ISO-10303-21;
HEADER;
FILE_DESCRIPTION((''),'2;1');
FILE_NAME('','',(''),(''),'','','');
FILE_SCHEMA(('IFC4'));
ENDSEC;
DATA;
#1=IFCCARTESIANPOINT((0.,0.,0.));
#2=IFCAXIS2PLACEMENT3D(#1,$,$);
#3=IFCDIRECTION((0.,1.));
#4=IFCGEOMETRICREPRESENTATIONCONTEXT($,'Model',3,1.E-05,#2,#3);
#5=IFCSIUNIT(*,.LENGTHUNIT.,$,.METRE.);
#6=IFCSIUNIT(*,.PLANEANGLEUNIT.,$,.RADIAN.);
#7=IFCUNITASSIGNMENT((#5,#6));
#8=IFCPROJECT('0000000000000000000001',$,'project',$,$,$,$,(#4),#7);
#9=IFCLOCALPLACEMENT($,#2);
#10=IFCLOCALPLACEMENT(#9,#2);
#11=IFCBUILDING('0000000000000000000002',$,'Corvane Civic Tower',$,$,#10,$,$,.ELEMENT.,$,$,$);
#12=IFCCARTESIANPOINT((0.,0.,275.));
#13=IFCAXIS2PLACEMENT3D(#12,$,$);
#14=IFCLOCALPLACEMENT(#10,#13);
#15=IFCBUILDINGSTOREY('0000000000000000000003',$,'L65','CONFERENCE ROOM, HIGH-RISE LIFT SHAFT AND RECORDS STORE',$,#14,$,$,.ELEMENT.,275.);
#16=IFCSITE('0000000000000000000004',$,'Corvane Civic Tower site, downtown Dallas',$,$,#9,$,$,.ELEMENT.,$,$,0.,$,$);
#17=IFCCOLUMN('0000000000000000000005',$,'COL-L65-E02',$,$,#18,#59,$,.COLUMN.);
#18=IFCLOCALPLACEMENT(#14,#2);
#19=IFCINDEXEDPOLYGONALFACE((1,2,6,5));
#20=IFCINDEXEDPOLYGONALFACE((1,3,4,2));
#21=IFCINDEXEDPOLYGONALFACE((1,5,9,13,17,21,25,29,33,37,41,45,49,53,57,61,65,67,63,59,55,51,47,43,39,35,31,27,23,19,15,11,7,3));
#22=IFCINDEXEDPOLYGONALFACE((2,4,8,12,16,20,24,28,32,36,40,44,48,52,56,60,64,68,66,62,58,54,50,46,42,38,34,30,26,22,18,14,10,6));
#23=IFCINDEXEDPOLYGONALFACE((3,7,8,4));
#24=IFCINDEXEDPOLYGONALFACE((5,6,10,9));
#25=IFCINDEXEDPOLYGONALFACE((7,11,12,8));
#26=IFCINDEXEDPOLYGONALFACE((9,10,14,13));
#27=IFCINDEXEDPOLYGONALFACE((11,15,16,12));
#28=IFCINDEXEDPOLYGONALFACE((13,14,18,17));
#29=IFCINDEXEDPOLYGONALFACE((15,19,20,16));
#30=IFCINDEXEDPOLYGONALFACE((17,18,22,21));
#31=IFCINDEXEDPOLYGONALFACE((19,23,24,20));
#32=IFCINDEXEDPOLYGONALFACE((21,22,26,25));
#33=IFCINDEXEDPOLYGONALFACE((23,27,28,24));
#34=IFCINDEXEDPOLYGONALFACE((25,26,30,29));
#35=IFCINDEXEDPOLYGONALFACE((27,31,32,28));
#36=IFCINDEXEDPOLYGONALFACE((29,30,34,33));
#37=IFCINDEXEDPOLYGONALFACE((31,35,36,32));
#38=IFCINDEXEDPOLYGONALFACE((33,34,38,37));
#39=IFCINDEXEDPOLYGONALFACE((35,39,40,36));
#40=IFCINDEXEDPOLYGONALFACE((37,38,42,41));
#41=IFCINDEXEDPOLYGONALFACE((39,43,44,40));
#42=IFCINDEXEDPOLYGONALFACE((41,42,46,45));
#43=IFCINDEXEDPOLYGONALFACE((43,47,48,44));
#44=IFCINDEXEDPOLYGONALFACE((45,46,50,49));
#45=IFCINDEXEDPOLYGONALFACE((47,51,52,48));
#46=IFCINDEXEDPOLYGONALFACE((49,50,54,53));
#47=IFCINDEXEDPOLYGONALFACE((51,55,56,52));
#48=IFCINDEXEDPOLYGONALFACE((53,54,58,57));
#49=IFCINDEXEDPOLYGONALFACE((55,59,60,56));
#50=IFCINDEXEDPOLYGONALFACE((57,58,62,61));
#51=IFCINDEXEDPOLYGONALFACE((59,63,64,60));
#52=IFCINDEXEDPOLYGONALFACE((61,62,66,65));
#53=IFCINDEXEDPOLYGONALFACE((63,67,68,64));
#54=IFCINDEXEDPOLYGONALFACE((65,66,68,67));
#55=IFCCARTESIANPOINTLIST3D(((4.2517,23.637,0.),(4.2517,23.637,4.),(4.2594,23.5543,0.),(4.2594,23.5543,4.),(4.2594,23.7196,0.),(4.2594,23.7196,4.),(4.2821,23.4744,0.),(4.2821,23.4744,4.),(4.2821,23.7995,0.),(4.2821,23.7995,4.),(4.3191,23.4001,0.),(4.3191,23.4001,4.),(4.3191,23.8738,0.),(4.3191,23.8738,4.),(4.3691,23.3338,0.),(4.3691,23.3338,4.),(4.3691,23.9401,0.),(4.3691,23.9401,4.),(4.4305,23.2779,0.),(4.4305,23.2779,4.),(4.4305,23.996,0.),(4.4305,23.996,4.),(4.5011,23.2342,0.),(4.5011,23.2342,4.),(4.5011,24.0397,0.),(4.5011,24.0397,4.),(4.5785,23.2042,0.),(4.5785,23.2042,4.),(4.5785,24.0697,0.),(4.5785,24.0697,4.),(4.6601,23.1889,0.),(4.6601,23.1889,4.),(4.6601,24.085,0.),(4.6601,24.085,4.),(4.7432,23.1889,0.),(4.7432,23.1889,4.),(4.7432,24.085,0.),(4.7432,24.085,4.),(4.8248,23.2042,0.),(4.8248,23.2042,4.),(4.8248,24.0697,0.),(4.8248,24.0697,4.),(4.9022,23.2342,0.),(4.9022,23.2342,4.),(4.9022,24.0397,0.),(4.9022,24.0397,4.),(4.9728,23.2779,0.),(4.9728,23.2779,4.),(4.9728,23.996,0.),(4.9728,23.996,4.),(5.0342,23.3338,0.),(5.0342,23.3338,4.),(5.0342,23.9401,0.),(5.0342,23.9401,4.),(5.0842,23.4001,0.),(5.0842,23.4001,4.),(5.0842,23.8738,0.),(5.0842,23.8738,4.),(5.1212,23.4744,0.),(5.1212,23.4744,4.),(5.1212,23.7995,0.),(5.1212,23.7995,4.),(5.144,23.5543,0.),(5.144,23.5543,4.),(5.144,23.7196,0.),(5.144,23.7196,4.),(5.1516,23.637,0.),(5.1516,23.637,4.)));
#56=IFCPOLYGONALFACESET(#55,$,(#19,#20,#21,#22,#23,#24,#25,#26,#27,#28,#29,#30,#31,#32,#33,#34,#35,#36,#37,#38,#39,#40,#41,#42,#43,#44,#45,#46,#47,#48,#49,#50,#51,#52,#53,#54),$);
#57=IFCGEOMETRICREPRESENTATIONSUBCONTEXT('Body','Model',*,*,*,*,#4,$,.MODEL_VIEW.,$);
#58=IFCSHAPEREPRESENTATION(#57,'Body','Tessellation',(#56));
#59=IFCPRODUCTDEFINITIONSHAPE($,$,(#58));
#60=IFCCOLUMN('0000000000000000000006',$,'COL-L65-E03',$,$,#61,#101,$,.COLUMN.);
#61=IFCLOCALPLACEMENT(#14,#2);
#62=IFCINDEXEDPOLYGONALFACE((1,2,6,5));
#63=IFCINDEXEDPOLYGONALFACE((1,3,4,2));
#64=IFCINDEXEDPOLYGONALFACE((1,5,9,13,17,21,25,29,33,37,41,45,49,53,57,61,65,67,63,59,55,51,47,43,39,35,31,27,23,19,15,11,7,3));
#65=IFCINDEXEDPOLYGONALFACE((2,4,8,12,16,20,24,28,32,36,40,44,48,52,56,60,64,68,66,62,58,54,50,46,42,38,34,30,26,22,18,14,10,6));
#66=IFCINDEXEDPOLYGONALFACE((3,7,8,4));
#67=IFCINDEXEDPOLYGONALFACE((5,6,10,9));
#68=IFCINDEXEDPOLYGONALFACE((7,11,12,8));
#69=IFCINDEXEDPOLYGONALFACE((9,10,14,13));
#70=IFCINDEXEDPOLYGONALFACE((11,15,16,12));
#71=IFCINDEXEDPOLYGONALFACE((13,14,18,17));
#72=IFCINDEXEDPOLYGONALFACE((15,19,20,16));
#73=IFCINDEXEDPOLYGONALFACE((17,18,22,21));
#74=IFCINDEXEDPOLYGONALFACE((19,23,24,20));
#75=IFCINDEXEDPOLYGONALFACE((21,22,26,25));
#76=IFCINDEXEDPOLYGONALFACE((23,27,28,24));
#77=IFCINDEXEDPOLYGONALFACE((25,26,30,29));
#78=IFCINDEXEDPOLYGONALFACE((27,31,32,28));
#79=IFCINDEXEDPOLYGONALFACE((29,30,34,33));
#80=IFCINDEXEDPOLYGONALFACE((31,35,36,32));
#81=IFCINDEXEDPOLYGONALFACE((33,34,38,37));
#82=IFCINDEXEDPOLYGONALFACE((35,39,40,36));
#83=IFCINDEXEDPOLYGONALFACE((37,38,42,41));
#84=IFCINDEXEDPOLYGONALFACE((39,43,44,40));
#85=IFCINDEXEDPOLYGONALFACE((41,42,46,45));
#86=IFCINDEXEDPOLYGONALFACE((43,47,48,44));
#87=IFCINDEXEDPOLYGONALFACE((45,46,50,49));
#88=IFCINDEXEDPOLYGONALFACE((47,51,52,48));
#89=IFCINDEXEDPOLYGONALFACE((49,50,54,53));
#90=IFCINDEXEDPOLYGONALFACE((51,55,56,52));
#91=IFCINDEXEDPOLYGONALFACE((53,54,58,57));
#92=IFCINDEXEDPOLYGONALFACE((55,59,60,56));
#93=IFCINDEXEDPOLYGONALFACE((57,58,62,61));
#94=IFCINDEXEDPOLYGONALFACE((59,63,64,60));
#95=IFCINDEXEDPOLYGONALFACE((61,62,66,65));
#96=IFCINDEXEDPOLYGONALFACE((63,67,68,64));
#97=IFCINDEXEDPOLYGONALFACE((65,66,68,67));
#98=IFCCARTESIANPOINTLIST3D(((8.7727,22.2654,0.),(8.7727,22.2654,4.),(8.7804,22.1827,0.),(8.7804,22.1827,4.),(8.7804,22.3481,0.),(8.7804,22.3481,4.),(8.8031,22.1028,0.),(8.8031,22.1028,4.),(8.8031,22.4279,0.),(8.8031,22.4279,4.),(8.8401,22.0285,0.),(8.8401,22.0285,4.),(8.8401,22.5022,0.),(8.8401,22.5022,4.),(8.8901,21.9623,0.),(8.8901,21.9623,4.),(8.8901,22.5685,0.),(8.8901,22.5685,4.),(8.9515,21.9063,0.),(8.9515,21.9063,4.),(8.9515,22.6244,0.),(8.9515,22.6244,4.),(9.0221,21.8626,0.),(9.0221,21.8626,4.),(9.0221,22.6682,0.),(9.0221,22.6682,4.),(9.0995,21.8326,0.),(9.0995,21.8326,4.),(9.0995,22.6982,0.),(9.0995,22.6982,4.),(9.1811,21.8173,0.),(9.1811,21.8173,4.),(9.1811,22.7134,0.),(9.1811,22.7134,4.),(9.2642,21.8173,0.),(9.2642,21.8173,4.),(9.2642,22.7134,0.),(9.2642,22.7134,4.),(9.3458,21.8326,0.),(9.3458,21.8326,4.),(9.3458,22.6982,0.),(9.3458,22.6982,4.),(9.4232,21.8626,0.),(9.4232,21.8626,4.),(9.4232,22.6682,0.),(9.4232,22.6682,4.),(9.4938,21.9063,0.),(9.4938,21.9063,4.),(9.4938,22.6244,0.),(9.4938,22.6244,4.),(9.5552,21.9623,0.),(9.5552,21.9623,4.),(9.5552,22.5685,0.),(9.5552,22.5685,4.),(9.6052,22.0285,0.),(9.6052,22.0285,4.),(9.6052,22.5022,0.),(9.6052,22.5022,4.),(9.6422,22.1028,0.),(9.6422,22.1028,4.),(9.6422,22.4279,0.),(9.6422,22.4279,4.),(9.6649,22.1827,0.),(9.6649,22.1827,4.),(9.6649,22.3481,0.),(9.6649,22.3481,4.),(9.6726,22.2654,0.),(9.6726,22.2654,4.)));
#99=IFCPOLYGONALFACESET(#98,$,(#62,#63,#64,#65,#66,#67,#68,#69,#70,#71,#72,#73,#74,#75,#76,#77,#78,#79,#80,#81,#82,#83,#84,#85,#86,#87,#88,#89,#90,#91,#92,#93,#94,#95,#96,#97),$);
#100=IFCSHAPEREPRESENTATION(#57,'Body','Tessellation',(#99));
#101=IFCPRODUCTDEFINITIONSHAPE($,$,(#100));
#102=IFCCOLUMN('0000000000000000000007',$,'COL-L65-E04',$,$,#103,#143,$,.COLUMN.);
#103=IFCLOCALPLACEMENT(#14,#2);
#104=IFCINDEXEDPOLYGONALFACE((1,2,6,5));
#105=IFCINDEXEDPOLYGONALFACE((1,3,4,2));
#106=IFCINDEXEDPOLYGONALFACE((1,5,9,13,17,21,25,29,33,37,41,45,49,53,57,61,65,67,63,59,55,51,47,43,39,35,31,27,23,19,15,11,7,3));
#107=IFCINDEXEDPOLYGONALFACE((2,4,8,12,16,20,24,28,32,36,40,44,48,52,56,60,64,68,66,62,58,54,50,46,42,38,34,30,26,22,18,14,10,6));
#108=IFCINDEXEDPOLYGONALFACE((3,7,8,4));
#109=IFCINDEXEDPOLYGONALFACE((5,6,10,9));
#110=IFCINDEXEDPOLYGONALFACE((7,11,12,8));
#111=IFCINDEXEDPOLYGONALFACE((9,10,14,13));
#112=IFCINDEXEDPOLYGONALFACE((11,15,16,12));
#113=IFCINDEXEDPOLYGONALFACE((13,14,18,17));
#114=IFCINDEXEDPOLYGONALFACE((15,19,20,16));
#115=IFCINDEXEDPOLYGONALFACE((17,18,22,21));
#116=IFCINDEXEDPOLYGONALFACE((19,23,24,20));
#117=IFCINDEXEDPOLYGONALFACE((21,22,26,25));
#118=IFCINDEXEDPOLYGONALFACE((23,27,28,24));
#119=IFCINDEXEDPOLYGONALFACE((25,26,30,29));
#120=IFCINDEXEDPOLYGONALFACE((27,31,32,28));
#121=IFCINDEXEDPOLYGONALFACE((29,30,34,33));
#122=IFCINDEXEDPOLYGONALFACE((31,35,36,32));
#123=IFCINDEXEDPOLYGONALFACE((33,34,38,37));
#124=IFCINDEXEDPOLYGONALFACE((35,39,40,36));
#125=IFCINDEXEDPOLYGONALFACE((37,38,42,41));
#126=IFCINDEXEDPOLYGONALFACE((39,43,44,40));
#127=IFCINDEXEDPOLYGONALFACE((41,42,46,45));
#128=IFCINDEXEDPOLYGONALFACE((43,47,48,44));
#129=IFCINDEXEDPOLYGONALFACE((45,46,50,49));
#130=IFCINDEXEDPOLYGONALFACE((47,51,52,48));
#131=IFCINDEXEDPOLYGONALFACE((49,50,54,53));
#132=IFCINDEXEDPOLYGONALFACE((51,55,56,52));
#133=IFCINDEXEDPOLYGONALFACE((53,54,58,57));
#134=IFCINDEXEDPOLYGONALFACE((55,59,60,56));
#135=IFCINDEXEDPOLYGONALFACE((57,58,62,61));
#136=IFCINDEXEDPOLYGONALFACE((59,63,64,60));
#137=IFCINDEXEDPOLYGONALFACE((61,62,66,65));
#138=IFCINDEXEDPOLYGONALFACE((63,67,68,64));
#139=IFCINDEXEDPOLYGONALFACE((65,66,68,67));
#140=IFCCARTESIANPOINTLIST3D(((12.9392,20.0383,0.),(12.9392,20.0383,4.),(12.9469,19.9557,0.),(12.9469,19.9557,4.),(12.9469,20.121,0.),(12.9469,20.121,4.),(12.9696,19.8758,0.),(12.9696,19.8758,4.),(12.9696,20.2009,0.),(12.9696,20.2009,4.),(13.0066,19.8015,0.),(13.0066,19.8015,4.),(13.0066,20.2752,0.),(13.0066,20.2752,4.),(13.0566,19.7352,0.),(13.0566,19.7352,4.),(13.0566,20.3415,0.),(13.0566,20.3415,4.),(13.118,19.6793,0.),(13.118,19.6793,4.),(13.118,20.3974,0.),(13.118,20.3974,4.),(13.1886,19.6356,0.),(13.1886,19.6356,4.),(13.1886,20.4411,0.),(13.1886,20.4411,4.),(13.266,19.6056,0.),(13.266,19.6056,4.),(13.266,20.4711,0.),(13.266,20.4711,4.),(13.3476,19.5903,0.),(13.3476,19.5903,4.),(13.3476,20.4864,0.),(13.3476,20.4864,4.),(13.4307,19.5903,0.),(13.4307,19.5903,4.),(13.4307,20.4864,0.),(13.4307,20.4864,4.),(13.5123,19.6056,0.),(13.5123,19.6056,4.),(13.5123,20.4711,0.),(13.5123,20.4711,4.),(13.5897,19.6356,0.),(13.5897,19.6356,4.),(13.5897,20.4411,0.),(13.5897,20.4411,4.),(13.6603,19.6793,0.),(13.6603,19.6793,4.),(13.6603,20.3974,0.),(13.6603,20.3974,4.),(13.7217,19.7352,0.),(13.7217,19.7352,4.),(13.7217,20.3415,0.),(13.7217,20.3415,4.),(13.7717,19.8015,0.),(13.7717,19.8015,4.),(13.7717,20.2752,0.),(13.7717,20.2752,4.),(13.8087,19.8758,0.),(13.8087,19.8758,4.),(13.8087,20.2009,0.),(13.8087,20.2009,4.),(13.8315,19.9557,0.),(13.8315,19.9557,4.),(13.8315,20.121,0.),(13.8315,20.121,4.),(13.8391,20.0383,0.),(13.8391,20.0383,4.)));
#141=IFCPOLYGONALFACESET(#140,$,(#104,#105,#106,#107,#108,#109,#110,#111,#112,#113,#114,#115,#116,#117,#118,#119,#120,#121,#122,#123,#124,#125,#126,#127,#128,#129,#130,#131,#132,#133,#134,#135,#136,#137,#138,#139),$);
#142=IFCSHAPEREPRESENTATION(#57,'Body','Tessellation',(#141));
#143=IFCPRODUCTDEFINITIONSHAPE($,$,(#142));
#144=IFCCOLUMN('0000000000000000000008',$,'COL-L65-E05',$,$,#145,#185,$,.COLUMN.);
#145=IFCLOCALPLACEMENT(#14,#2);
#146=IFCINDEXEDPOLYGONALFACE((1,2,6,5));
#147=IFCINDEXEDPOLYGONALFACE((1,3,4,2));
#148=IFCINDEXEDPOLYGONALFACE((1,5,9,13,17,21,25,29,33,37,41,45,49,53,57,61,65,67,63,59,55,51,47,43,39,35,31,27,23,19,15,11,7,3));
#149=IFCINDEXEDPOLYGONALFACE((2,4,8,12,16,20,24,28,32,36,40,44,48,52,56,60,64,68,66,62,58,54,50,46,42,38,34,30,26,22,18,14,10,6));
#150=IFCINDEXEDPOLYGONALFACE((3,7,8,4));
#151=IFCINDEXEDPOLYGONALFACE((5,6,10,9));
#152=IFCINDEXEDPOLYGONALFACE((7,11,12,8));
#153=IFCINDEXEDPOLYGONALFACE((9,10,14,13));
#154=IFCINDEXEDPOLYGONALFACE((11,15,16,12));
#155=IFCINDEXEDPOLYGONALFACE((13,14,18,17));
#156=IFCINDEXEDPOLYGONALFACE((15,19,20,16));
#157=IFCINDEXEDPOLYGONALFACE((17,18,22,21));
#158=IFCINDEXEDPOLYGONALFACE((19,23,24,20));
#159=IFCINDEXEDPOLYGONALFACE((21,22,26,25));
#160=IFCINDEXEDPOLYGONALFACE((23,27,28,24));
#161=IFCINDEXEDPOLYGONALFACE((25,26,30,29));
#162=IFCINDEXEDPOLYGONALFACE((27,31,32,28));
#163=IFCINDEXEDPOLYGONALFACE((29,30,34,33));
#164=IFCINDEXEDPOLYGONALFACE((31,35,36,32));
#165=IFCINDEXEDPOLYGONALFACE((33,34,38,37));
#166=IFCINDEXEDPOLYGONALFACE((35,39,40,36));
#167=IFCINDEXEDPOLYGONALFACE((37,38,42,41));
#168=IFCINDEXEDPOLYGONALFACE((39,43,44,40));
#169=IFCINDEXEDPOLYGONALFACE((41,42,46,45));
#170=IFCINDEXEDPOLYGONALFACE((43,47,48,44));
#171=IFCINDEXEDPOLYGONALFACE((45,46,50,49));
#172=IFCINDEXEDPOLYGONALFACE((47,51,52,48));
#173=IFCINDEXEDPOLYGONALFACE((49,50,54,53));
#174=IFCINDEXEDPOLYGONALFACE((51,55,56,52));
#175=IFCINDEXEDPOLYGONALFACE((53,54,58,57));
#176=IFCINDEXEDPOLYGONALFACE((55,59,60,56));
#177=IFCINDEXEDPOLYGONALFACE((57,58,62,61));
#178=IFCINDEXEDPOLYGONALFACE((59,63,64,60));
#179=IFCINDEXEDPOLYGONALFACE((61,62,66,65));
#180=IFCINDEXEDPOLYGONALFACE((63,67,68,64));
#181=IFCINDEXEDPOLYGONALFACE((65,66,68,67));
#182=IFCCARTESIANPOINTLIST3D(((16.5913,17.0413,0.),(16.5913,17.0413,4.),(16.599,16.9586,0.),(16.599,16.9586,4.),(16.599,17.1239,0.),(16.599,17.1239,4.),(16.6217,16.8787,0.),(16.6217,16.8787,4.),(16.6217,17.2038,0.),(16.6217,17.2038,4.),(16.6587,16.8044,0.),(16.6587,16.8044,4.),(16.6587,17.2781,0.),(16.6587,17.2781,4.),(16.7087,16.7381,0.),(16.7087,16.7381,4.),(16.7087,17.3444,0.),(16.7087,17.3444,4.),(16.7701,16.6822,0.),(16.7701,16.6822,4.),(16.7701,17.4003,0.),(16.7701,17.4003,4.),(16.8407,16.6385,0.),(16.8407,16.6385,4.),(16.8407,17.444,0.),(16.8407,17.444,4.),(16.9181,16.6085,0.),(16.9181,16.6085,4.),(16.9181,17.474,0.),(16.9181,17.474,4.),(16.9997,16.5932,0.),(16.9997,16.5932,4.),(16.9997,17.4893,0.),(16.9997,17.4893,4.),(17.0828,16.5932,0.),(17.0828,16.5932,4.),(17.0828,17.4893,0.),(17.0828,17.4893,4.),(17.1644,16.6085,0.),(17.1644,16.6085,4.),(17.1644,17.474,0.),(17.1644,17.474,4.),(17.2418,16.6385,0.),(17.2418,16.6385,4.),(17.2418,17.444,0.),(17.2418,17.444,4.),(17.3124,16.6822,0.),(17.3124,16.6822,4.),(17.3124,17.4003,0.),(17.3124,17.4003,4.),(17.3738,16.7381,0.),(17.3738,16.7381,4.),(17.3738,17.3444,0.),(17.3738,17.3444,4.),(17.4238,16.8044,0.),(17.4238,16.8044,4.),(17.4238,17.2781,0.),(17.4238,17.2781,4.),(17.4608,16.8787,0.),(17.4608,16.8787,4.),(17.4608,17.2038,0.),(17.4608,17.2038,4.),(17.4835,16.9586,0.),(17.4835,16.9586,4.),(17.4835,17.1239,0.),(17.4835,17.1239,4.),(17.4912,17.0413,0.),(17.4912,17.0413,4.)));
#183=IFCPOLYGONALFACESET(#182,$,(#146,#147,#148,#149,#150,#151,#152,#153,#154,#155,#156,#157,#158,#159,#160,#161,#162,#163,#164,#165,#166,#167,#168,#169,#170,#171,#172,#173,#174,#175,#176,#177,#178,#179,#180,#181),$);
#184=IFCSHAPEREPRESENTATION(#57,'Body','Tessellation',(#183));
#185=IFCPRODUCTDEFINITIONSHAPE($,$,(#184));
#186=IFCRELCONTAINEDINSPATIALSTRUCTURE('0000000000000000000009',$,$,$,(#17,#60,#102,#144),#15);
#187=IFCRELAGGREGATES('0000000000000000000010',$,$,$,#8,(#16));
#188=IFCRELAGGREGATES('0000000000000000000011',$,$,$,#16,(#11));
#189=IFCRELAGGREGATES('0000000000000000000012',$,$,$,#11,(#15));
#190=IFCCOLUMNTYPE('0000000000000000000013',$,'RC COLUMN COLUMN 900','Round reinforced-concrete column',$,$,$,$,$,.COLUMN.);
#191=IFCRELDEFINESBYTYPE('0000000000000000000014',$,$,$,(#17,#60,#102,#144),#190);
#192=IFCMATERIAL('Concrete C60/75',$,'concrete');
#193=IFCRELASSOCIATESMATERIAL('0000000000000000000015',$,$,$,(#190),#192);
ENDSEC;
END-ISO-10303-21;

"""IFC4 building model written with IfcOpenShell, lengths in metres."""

from ifc_helpers import new_model, si_unit, direction, frame, origin, origin_2d, place, context, subcontext, project, spatial, circle, extrude, material, material_profile, profile_set, type_object, element, save


model = new_model("IFC4")

# Units and contexts
model_context = context("Model", 3, precision=1e-05, world=origin(), true_north=direction((0.0, 1.0)))
body_context = subcontext(model_context, "Body", "Model", "MODEL_VIEW")
ifc_project = project(units=[si_unit("LENGTHUNIT", "METRE"), si_unit("PLANEANGLEUNIT", "RADIAN")], contexts=[model_context])

# Site, building, storey
site_placement = place(None, origin())
site = spatial("IfcSite", under=ifc_project, at=site_placement, Name="Corvane Civic Tower site, downtown Dallas", CompositionType="ELEMENT", RefElevation=0.0)
building_placement = place(site_placement, origin())
building = spatial("IfcBuilding", under=site, at=building_placement, Name="Corvane Civic Tower", CompositionType="ELEMENT")
storey_placement = place(building_placement, frame((0.0, 0.0, 275.0)))
storey = spatial("IfcBuildingStorey", under=building, at=storey_placement, Name="L65", Description="CONFERENCE ROOM, HIGH-RISE LIFT SHAFT AND RECORDS STORE", CompositionType="ELEMENT", Elevation=275.0)

# Columns
ifc_material_1 = material(Name="Concrete C60/75", Category="concrete")
ifc_material_profile_1 = material_profile(ifc_material_1, circle(Radius=0.45, at=origin_2d()), Name="COLUMN 900")
ifc_profile_set_1 = profile_set([ifc_material_profile_1], Name="Concrete C60/75")
column_type = type_object("IfcColumnType", Name="RC COLUMN COLUMN 900", Description="Round reinforced-concrete column", PredefinedType="COLUMN", material=ifc_profile_set_1)
for number, where, z_axis, x_axis, name in (
    (1, (4.7017, 23.637, 0.0), (0.0, 0.0, 1.0), (1.0, 0.0, 0.0), "COL-L65-E02"),
    (2, (9.2227, 22.2654, 0.0), (0.0, 0.0, 1.0), (1.0, 0.0, 0.0), "COL-L65-E03"),
    (3, (13.3892, 20.0383, 0.0), (0.0, 0.0, 1.0), (1.0, 0.0, 0.0), "COL-L65-E04"),
    (4, (17.0413, 17.0413, 0.0), (0.0, 0.0, 1.0), (1.0, 0.0, 0.0), "COL-L65-E05"),
):
    element("IfcColumn", number, at=place(storey_placement, frame(where, z_axis=z_axis, x_axis=x_axis)), inside=storey, type_object=column_type, Name=name, PredefinedType="COLUMN", context=body_context, shape_type="SweptSolid", body=[
        extrude(circle(Radius=0.45, at=origin_2d()), origin(), (0.0, 0.0, 1.0), 4.0),
    ])

save(model, "model.ifc")
